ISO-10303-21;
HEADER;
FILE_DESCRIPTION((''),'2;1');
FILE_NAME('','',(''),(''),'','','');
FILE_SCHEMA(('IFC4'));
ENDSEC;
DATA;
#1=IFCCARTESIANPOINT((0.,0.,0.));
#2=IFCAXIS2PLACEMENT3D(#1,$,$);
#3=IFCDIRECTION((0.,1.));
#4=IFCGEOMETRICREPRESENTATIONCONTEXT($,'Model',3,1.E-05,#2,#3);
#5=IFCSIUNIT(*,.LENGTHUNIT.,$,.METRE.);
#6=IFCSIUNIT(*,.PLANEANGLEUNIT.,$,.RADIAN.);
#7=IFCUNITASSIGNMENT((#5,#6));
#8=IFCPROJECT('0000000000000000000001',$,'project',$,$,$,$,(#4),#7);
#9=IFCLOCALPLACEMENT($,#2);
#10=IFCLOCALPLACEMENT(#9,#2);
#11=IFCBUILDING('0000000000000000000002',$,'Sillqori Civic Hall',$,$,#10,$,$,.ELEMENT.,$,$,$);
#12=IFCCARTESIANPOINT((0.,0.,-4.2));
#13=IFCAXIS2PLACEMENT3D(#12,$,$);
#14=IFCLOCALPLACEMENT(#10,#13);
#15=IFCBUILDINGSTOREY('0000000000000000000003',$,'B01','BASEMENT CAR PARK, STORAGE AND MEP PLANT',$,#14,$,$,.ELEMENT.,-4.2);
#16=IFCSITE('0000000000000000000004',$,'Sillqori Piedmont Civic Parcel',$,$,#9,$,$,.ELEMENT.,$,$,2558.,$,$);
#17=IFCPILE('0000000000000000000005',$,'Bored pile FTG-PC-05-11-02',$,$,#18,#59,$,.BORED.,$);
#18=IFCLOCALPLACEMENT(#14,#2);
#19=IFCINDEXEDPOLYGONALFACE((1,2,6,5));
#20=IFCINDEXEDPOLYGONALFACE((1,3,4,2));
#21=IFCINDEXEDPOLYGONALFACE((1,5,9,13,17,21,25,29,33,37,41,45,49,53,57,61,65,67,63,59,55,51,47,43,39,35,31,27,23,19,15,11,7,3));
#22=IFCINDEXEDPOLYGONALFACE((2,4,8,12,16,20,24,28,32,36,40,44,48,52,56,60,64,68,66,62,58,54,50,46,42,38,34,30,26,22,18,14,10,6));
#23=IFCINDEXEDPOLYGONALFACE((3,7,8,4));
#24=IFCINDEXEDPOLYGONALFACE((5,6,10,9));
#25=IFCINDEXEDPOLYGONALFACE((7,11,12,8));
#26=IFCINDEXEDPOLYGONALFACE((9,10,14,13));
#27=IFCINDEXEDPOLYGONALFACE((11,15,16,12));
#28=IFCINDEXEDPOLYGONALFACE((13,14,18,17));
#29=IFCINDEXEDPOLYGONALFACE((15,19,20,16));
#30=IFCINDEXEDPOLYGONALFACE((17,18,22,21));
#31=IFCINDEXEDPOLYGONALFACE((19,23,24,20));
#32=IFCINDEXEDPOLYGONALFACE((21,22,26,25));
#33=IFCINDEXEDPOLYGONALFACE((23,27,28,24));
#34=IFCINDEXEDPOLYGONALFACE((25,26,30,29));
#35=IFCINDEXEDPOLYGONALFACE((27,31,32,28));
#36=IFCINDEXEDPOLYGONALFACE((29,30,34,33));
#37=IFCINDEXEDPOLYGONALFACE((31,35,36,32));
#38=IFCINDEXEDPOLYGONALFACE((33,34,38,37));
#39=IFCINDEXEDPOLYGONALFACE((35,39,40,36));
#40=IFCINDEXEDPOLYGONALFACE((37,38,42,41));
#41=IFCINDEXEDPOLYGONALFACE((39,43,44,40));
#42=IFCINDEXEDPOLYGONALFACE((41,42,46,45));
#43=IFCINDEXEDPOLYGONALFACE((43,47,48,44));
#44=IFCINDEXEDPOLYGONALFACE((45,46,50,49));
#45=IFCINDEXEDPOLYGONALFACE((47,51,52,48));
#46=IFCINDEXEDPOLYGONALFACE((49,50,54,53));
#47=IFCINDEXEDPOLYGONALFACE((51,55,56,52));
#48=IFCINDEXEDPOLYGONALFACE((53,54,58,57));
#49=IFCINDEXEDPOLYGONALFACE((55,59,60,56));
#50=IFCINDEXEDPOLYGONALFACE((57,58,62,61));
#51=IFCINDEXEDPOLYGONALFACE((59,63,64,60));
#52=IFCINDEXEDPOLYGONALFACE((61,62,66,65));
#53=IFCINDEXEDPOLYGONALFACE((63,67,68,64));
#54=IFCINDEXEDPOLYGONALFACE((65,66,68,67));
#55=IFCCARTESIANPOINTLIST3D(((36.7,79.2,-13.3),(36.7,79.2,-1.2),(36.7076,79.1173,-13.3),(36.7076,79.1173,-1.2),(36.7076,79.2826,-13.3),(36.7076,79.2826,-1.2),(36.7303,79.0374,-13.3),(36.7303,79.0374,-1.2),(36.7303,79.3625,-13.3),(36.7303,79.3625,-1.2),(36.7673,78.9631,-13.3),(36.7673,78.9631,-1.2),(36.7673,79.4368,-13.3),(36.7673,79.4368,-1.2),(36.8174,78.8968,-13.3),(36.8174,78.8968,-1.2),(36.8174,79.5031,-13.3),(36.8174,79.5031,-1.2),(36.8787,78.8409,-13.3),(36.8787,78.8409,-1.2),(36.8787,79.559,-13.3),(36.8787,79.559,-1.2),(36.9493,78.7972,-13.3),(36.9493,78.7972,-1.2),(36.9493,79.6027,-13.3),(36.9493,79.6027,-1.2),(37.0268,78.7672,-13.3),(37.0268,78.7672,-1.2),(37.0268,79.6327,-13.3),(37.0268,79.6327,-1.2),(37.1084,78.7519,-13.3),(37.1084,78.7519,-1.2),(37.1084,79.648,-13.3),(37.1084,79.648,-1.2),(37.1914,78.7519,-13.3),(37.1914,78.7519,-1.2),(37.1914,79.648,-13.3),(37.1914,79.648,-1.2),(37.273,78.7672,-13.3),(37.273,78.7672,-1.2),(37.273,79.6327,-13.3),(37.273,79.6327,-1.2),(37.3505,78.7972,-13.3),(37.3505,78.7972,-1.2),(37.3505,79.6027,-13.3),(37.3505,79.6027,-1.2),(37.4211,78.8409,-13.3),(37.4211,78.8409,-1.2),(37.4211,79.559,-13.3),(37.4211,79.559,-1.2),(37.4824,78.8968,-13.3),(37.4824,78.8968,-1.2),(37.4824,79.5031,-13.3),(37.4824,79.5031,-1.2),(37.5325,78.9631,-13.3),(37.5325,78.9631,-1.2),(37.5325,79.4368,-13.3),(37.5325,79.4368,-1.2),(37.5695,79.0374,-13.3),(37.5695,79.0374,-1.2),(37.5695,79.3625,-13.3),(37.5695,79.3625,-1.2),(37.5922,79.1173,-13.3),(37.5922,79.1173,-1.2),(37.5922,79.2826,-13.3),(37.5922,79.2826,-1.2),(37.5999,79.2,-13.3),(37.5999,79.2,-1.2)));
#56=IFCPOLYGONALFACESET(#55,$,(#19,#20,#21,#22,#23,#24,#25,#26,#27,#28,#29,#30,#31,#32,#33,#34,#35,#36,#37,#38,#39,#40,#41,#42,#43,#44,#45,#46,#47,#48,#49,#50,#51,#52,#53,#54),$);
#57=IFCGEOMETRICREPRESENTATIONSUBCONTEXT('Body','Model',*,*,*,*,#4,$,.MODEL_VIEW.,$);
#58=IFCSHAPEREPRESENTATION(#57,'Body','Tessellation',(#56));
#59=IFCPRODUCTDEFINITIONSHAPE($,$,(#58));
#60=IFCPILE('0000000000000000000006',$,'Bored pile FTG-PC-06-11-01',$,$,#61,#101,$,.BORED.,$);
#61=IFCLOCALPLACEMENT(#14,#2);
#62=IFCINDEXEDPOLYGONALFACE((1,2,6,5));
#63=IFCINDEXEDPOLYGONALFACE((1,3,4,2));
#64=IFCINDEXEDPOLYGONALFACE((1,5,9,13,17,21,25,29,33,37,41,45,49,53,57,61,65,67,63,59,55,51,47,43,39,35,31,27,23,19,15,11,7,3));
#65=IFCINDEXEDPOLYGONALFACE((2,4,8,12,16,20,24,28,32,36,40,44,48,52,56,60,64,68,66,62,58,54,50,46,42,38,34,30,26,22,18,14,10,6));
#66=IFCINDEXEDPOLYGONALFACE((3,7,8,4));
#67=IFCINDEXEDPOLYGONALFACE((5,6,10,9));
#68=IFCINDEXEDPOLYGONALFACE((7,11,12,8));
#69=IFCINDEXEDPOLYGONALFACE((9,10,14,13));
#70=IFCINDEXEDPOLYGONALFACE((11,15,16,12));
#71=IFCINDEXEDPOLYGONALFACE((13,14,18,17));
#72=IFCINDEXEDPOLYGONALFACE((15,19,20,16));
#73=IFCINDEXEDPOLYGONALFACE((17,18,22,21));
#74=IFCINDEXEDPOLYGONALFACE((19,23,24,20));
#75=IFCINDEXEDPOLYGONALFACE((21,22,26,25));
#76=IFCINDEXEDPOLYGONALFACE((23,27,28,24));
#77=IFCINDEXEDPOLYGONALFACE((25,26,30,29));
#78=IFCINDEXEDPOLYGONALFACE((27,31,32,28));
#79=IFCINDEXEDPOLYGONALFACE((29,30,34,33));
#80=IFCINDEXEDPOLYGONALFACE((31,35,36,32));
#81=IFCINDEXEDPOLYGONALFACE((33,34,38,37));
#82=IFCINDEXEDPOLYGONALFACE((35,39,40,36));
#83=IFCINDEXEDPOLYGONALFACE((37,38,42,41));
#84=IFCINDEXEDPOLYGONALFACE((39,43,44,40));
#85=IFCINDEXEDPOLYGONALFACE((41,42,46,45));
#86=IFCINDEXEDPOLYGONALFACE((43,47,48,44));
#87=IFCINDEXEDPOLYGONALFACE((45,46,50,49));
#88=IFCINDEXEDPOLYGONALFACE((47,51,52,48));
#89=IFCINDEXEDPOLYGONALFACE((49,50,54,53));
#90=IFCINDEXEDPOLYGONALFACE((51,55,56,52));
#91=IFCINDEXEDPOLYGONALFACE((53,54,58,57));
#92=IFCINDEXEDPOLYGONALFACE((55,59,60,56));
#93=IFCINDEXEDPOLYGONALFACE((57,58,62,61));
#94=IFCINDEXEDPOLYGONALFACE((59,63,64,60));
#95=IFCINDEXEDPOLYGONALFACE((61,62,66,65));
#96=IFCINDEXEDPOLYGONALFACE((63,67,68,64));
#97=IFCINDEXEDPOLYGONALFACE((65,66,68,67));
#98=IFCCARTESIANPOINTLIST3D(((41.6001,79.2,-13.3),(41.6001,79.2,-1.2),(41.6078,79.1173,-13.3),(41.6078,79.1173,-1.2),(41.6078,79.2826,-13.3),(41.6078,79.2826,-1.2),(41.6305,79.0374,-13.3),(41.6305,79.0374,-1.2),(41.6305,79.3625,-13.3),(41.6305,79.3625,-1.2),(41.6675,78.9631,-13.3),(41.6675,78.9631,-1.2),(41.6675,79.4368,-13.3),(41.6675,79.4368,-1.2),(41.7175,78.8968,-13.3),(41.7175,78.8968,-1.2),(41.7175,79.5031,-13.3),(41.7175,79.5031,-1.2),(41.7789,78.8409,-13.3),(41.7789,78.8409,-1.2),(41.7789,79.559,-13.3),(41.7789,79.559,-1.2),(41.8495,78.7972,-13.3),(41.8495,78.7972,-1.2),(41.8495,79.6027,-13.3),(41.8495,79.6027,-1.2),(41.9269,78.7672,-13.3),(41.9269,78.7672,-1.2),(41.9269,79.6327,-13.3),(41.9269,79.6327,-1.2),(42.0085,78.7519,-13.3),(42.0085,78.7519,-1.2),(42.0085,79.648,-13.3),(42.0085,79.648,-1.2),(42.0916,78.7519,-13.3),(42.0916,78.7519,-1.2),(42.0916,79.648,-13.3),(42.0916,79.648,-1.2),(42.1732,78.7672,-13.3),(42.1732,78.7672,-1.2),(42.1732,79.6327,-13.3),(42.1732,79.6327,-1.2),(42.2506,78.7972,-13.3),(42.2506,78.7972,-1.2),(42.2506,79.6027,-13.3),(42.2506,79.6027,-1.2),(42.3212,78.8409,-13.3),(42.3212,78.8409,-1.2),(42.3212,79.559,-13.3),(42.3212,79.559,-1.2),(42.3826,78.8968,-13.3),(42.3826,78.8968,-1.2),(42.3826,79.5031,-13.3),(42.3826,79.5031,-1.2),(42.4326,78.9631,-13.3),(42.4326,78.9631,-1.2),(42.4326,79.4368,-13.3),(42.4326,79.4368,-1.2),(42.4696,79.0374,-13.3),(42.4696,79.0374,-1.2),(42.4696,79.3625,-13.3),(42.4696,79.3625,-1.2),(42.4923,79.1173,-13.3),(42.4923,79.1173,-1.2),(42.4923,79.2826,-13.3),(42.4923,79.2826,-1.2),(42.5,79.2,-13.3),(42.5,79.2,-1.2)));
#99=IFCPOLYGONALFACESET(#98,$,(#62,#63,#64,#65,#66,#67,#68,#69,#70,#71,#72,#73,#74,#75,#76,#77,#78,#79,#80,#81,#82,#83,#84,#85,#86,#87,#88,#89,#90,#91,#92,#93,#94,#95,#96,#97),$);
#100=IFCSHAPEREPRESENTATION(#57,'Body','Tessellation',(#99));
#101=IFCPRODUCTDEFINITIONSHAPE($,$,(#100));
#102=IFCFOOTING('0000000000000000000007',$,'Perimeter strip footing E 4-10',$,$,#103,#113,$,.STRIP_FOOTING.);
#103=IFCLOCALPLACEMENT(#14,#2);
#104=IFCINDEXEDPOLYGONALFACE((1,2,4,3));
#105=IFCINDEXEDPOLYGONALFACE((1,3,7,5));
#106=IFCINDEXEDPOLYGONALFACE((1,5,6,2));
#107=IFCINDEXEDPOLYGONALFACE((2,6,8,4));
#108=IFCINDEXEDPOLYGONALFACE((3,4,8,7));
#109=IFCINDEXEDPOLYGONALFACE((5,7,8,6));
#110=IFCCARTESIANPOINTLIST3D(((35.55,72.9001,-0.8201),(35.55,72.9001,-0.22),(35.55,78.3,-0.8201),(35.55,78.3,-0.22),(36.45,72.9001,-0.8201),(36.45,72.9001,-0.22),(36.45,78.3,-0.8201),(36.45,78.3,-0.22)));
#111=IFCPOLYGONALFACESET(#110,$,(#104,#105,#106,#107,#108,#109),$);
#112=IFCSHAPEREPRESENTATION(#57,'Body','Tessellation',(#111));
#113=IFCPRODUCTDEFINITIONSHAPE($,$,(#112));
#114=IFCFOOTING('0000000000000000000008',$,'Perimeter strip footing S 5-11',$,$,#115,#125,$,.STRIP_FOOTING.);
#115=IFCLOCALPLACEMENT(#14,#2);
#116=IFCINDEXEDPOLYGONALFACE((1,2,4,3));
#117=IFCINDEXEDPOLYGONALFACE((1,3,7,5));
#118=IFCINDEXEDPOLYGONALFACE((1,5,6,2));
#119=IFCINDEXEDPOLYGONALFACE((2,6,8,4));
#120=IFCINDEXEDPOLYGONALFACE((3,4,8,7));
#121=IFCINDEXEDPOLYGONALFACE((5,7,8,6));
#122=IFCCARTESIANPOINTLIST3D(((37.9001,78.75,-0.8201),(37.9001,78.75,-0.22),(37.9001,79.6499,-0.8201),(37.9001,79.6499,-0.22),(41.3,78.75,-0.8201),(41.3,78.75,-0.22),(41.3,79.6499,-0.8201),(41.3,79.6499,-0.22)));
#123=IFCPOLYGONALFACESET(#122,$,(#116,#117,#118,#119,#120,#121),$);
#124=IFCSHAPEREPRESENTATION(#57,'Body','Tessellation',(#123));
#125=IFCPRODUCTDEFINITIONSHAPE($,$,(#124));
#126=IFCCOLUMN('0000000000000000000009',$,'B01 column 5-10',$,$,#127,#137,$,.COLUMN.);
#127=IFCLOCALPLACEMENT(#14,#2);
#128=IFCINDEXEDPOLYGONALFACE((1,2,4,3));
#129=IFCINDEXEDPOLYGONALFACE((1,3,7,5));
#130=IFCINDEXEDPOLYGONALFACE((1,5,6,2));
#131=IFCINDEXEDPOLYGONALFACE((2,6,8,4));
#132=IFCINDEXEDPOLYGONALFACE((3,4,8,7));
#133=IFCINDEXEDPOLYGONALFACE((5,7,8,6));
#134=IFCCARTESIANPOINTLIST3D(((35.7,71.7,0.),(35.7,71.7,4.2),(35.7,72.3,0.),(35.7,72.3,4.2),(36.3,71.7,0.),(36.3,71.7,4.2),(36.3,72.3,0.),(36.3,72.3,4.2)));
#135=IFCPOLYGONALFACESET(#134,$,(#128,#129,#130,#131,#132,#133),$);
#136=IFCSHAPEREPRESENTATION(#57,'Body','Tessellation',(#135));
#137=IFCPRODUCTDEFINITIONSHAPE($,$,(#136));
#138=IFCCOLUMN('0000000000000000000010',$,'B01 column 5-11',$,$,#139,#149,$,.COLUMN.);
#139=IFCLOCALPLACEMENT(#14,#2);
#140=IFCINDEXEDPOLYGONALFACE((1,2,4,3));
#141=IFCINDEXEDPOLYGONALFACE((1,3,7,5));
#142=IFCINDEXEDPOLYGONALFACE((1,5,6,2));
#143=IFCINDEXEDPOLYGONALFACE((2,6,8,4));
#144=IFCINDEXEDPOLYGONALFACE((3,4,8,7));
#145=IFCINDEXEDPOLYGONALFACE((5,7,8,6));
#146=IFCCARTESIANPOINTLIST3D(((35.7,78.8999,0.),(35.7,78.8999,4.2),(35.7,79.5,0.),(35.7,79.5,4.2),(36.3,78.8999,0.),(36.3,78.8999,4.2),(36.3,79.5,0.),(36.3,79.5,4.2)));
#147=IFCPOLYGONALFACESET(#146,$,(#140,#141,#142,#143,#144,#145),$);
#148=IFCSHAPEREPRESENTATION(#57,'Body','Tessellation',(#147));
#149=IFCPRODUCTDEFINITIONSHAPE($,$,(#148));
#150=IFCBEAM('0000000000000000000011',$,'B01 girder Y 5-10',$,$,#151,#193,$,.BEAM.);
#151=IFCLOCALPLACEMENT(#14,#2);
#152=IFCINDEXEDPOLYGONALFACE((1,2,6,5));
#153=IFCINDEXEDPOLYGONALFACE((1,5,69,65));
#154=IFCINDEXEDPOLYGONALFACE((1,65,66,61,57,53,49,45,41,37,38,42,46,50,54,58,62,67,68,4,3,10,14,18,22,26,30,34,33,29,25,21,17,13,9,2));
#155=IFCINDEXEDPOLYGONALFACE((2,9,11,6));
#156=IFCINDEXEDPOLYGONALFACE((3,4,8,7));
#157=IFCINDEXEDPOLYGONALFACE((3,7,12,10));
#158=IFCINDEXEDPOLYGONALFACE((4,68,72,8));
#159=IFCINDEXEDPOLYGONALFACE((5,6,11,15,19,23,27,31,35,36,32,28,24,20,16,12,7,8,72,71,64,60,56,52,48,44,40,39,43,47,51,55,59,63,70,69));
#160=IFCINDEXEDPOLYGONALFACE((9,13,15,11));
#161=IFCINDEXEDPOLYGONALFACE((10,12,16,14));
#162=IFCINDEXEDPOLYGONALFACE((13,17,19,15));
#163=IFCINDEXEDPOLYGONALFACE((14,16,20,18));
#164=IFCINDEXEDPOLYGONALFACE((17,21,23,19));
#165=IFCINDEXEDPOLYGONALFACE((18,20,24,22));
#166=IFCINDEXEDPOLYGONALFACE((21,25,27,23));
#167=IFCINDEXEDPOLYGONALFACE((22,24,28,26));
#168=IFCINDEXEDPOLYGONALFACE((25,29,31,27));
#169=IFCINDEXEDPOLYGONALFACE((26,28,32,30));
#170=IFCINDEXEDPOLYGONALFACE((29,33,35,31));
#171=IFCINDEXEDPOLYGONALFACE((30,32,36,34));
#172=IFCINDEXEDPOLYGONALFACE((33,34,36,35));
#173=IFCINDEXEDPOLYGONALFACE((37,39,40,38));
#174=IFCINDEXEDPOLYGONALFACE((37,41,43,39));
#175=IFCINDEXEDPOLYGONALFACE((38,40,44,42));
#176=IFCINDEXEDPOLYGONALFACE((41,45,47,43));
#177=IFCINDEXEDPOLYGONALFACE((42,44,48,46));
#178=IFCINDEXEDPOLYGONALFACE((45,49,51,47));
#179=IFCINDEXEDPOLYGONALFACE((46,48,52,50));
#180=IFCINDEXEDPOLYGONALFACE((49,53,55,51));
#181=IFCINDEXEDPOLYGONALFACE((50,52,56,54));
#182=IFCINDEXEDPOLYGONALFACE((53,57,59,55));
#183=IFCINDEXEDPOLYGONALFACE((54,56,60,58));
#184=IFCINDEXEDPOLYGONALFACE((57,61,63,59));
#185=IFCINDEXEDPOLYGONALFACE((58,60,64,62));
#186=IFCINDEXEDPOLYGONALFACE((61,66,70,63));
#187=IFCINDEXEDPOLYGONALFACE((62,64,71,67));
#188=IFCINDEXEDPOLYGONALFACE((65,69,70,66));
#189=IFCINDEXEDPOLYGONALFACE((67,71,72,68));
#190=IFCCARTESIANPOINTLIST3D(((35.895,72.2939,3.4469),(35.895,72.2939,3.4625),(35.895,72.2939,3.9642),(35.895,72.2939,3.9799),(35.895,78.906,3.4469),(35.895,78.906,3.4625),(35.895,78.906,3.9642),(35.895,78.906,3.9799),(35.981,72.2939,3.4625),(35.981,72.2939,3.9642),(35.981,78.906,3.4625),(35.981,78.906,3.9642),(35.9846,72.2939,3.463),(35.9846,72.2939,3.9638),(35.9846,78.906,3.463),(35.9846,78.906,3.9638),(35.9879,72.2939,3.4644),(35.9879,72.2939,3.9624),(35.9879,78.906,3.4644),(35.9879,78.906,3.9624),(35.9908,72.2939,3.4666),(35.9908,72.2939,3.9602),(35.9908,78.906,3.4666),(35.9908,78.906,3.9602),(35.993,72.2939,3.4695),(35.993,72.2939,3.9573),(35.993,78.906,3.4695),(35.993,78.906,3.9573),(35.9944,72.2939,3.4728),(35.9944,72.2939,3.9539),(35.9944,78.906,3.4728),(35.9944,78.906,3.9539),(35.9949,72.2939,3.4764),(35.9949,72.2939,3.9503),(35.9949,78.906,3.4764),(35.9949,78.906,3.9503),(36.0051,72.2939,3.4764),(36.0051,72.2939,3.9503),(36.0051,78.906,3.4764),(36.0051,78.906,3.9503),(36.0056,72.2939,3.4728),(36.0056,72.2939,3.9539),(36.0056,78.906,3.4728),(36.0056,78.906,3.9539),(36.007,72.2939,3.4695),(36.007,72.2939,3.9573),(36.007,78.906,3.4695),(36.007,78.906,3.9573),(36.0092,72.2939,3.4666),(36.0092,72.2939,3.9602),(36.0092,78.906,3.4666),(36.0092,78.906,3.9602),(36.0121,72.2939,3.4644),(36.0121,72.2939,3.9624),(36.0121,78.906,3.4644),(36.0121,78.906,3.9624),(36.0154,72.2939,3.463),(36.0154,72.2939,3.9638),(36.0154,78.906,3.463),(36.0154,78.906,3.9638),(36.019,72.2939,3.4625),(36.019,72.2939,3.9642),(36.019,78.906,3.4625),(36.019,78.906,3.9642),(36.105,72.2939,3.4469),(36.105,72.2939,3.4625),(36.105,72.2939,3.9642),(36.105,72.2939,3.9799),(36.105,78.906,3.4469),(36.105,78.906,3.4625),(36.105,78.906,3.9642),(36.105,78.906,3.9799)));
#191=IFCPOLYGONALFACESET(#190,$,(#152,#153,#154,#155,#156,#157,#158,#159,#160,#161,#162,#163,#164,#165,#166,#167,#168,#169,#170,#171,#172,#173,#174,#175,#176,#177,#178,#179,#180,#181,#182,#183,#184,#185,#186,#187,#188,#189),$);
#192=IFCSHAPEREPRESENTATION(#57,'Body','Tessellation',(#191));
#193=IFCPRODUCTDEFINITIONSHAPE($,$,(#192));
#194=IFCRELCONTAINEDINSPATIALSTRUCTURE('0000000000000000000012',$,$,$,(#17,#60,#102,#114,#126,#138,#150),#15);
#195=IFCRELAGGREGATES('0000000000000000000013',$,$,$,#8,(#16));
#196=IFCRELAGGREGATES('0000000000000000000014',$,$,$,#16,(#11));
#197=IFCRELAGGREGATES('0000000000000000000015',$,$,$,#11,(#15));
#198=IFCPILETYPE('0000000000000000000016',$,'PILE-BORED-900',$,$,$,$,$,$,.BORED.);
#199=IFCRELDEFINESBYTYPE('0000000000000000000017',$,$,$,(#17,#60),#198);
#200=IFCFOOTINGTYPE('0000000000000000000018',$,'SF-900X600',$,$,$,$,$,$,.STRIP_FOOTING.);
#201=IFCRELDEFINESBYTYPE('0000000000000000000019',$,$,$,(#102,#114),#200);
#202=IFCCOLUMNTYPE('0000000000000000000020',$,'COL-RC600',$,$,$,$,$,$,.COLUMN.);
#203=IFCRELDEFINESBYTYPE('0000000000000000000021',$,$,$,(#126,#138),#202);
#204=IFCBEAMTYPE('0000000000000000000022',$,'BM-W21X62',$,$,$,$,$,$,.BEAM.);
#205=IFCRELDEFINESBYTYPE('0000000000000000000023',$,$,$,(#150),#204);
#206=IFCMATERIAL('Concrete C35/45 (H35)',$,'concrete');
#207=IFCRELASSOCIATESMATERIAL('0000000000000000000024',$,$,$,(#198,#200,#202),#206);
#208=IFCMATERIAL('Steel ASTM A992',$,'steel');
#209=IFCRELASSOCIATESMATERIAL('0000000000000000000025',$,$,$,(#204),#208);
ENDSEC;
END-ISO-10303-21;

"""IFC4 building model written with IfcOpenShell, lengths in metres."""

from ifc_helpers import new_model, si_unit, direction, frame, origin, origin_2d, place, context, subcontext, project, spatial, rectangle, circle, i_section, extrude, material, material_profile, profile_set, type_object, element, save


model = new_model("IFC4")

# Units and contexts
model_context = context("Model", 3, precision=1e-05, world=origin(), true_north=direction((0.0, 1.0)))
body_context = subcontext(model_context, "Body", "Model", "MODEL_VIEW")
ifc_project = project(units=[si_unit("LENGTHUNIT", "METRE"), si_unit("PLANEANGLEUNIT", "RADIAN")], contexts=[model_context])

# Site, building, storey
site_placement = place(None, origin())
site = spatial("IfcSite", under=ifc_project, at=site_placement, Name="Sillqori Piedmont Civic Parcel", CompositionType="ELEMENT", RefElevation=2558.0)
building_placement = place(site_placement, origin())
building = spatial("IfcBuilding", under=site, at=building_placement, Name="Sillqori Civic Hall", CompositionType="ELEMENT")
storey_placement = place(building_placement, frame((0.0, 0.0, -4.2)))
storey = spatial("IfcBuildingStorey", under=building, at=storey_placement, Name="B01", Description="BASEMENT CAR PARK, STORAGE AND MEP PLANT", CompositionType="ELEMENT", Elevation=-4.2)

# Shared definitions
ifc_material_1 = material(Name="Concrete C35/45 (H35)", Category="concrete")

# Piles
ifc_material_profile_1 = material_profile(ifc_material_1, circle(Radius=0.45, at=origin_2d()), Name="BORED PILE 900")
ifc_profile_set_1 = profile_set([ifc_material_profile_1], Name="Concrete C35/45 (H35)")
pile_type = type_object("IfcPileType", Name="PILE-BORED-900", PredefinedType="BORED", material=ifc_profile_set_1)
for number, where, z_axis, x_axis, name in (
    (1, (37.1499, 79.2, -1.2), (0.0, 0.0, -1.0), (1.0, 0.0, 0.0), "Bored pile FTG-PC-05-11-02"),
    (2, (42.05, 79.2, -1.2), (0.0, 0.0, -1.0), (1.0, 0.0, 0.0), "Bored pile FTG-PC-06-11-01"),
):
    element("IfcPile", number, at=place(storey_placement, frame(where, z_axis=z_axis, x_axis=x_axis)), inside=storey, type_object=pile_type, Name=name, PredefinedType="BORED", context=body_context, shape_type="SweptSolid", body=[
        extrude(circle(Radius=0.45, at=origin_2d()), origin(), (0.0, 0.0, 1.0), 12.1001),
    ])

# Footings
footing_type_1 = type_object("IfcFootingType", Name="SF-900X600", PredefinedType="STRIP_FOOTING", material=ifc_material_1)
footing_1_placement = place(storey_placement, frame((36.0, 75.6001, -0.8201), z_axis=(0.0, 0.0, 1.0), x_axis=(1.0, 0.0, 0.0)))
element("IfcFooting", 3, at=footing_1_placement, inside=storey, type_object=footing_type_1, Name="Perimeter strip footing E 4-10", PredefinedType="STRIP_FOOTING", context=body_context, shape_type="SweptSolid", body=[
    extrude(rectangle(XDim=0.8999, YDim=5.3999, at=origin_2d()), origin(), (0.0, 0.0, 1.0), 0.6001),
])
footing_2_placement = place(storey_placement, frame((39.6001, 79.2, -0.8201), z_axis=(0.0, 0.0, 1.0), x_axis=(1.0, 0.0, 0.0)))
element("IfcFooting", 4, at=footing_2_placement, inside=storey, type_object=footing_type_1, Name="Perimeter strip footing S 5-11", PredefinedType="STRIP_FOOTING", context=body_context, shape_type="SweptSolid", body=[
    extrude(rectangle(XDim=3.3999, YDim=0.8999, at=origin_2d()), origin(), (0.0, 0.0, 1.0), 0.6001),
])

# Columns
ifc_material_profile_2 = material_profile(ifc_material_1, rectangle(XDim=0.6001, YDim=0.6001, at=origin_2d()), Name="RC 600x600")
ifc_profile_set_2 = profile_set([ifc_material_profile_2], Name="Concrete C35/45 (H35)")
column_type = type_object("IfcColumnType", Name="COL-RC600", PredefinedType="COLUMN", material=ifc_profile_set_2)
for number, where, z_axis, x_axis, name in (
    (5, (36.0, 72.0, 0.0), (0.0, 0.0, 1.0), (1.0, 0.0, 0.0), "B01 column 5-10"),
    (6, (36.0, 79.2, 0.0), (0.0, 0.0, 1.0), (1.0, 0.0, 0.0), "B01 column 5-11"),
):
    element("IfcColumn", number, at=place(storey_placement, frame(where, z_axis=z_axis, x_axis=x_axis)), inside=storey, type_object=column_type, Name=name, PredefinedType="COLUMN", context=body_context, shape_type="SweptSolid", body=[
        extrude(rectangle(XDim=0.6001, YDim=0.6001, at=origin_2d()), origin(), (0.0, 0.0, 1.0), 4.2),
    ])

# Beam
ifc_material_2 = material(Name="Steel ASTM A992", Category="steel")
ifc_material_profile_3 = material_profile(ifc_material_2, i_section(OverallWidth=0.21, OverallDepth=0.533, WebThickness=0.0103, FlangeThickness=0.0156, FilletRadius=0.0139, at=origin_2d()), Name="W21X62")
ifc_profile_set_3 = profile_set([ifc_material_profile_3], Name="Steel ASTM A992")
beam_type_1 = type_object("IfcBeamType", Name="BM-W21X62", PredefinedType="BEAM", material=ifc_profile_set_3)
beam_1_placement = place(storey_placement, frame((36.0, 72.2939, 3.7134), z_axis=(0.0, 1.0, 0.0), x_axis=(-1.0, 0.0, 0.0)))
element("IfcBeam", 7, at=beam_1_placement, inside=storey, type_object=beam_type_1, Name="B01 girder Y 5-10", PredefinedType="BEAM", context=body_context, shape_type="SweptSolid", body=[
    extrude(i_section(OverallWidth=0.21, OverallDepth=0.533, WebThickness=0.0103, FlangeThickness=0.0156, FilletRadius=0.0139, at=origin_2d()), origin(), (0.0, 0.0, 1.0), 6.6121),
])

save(model, "model.ifc")
